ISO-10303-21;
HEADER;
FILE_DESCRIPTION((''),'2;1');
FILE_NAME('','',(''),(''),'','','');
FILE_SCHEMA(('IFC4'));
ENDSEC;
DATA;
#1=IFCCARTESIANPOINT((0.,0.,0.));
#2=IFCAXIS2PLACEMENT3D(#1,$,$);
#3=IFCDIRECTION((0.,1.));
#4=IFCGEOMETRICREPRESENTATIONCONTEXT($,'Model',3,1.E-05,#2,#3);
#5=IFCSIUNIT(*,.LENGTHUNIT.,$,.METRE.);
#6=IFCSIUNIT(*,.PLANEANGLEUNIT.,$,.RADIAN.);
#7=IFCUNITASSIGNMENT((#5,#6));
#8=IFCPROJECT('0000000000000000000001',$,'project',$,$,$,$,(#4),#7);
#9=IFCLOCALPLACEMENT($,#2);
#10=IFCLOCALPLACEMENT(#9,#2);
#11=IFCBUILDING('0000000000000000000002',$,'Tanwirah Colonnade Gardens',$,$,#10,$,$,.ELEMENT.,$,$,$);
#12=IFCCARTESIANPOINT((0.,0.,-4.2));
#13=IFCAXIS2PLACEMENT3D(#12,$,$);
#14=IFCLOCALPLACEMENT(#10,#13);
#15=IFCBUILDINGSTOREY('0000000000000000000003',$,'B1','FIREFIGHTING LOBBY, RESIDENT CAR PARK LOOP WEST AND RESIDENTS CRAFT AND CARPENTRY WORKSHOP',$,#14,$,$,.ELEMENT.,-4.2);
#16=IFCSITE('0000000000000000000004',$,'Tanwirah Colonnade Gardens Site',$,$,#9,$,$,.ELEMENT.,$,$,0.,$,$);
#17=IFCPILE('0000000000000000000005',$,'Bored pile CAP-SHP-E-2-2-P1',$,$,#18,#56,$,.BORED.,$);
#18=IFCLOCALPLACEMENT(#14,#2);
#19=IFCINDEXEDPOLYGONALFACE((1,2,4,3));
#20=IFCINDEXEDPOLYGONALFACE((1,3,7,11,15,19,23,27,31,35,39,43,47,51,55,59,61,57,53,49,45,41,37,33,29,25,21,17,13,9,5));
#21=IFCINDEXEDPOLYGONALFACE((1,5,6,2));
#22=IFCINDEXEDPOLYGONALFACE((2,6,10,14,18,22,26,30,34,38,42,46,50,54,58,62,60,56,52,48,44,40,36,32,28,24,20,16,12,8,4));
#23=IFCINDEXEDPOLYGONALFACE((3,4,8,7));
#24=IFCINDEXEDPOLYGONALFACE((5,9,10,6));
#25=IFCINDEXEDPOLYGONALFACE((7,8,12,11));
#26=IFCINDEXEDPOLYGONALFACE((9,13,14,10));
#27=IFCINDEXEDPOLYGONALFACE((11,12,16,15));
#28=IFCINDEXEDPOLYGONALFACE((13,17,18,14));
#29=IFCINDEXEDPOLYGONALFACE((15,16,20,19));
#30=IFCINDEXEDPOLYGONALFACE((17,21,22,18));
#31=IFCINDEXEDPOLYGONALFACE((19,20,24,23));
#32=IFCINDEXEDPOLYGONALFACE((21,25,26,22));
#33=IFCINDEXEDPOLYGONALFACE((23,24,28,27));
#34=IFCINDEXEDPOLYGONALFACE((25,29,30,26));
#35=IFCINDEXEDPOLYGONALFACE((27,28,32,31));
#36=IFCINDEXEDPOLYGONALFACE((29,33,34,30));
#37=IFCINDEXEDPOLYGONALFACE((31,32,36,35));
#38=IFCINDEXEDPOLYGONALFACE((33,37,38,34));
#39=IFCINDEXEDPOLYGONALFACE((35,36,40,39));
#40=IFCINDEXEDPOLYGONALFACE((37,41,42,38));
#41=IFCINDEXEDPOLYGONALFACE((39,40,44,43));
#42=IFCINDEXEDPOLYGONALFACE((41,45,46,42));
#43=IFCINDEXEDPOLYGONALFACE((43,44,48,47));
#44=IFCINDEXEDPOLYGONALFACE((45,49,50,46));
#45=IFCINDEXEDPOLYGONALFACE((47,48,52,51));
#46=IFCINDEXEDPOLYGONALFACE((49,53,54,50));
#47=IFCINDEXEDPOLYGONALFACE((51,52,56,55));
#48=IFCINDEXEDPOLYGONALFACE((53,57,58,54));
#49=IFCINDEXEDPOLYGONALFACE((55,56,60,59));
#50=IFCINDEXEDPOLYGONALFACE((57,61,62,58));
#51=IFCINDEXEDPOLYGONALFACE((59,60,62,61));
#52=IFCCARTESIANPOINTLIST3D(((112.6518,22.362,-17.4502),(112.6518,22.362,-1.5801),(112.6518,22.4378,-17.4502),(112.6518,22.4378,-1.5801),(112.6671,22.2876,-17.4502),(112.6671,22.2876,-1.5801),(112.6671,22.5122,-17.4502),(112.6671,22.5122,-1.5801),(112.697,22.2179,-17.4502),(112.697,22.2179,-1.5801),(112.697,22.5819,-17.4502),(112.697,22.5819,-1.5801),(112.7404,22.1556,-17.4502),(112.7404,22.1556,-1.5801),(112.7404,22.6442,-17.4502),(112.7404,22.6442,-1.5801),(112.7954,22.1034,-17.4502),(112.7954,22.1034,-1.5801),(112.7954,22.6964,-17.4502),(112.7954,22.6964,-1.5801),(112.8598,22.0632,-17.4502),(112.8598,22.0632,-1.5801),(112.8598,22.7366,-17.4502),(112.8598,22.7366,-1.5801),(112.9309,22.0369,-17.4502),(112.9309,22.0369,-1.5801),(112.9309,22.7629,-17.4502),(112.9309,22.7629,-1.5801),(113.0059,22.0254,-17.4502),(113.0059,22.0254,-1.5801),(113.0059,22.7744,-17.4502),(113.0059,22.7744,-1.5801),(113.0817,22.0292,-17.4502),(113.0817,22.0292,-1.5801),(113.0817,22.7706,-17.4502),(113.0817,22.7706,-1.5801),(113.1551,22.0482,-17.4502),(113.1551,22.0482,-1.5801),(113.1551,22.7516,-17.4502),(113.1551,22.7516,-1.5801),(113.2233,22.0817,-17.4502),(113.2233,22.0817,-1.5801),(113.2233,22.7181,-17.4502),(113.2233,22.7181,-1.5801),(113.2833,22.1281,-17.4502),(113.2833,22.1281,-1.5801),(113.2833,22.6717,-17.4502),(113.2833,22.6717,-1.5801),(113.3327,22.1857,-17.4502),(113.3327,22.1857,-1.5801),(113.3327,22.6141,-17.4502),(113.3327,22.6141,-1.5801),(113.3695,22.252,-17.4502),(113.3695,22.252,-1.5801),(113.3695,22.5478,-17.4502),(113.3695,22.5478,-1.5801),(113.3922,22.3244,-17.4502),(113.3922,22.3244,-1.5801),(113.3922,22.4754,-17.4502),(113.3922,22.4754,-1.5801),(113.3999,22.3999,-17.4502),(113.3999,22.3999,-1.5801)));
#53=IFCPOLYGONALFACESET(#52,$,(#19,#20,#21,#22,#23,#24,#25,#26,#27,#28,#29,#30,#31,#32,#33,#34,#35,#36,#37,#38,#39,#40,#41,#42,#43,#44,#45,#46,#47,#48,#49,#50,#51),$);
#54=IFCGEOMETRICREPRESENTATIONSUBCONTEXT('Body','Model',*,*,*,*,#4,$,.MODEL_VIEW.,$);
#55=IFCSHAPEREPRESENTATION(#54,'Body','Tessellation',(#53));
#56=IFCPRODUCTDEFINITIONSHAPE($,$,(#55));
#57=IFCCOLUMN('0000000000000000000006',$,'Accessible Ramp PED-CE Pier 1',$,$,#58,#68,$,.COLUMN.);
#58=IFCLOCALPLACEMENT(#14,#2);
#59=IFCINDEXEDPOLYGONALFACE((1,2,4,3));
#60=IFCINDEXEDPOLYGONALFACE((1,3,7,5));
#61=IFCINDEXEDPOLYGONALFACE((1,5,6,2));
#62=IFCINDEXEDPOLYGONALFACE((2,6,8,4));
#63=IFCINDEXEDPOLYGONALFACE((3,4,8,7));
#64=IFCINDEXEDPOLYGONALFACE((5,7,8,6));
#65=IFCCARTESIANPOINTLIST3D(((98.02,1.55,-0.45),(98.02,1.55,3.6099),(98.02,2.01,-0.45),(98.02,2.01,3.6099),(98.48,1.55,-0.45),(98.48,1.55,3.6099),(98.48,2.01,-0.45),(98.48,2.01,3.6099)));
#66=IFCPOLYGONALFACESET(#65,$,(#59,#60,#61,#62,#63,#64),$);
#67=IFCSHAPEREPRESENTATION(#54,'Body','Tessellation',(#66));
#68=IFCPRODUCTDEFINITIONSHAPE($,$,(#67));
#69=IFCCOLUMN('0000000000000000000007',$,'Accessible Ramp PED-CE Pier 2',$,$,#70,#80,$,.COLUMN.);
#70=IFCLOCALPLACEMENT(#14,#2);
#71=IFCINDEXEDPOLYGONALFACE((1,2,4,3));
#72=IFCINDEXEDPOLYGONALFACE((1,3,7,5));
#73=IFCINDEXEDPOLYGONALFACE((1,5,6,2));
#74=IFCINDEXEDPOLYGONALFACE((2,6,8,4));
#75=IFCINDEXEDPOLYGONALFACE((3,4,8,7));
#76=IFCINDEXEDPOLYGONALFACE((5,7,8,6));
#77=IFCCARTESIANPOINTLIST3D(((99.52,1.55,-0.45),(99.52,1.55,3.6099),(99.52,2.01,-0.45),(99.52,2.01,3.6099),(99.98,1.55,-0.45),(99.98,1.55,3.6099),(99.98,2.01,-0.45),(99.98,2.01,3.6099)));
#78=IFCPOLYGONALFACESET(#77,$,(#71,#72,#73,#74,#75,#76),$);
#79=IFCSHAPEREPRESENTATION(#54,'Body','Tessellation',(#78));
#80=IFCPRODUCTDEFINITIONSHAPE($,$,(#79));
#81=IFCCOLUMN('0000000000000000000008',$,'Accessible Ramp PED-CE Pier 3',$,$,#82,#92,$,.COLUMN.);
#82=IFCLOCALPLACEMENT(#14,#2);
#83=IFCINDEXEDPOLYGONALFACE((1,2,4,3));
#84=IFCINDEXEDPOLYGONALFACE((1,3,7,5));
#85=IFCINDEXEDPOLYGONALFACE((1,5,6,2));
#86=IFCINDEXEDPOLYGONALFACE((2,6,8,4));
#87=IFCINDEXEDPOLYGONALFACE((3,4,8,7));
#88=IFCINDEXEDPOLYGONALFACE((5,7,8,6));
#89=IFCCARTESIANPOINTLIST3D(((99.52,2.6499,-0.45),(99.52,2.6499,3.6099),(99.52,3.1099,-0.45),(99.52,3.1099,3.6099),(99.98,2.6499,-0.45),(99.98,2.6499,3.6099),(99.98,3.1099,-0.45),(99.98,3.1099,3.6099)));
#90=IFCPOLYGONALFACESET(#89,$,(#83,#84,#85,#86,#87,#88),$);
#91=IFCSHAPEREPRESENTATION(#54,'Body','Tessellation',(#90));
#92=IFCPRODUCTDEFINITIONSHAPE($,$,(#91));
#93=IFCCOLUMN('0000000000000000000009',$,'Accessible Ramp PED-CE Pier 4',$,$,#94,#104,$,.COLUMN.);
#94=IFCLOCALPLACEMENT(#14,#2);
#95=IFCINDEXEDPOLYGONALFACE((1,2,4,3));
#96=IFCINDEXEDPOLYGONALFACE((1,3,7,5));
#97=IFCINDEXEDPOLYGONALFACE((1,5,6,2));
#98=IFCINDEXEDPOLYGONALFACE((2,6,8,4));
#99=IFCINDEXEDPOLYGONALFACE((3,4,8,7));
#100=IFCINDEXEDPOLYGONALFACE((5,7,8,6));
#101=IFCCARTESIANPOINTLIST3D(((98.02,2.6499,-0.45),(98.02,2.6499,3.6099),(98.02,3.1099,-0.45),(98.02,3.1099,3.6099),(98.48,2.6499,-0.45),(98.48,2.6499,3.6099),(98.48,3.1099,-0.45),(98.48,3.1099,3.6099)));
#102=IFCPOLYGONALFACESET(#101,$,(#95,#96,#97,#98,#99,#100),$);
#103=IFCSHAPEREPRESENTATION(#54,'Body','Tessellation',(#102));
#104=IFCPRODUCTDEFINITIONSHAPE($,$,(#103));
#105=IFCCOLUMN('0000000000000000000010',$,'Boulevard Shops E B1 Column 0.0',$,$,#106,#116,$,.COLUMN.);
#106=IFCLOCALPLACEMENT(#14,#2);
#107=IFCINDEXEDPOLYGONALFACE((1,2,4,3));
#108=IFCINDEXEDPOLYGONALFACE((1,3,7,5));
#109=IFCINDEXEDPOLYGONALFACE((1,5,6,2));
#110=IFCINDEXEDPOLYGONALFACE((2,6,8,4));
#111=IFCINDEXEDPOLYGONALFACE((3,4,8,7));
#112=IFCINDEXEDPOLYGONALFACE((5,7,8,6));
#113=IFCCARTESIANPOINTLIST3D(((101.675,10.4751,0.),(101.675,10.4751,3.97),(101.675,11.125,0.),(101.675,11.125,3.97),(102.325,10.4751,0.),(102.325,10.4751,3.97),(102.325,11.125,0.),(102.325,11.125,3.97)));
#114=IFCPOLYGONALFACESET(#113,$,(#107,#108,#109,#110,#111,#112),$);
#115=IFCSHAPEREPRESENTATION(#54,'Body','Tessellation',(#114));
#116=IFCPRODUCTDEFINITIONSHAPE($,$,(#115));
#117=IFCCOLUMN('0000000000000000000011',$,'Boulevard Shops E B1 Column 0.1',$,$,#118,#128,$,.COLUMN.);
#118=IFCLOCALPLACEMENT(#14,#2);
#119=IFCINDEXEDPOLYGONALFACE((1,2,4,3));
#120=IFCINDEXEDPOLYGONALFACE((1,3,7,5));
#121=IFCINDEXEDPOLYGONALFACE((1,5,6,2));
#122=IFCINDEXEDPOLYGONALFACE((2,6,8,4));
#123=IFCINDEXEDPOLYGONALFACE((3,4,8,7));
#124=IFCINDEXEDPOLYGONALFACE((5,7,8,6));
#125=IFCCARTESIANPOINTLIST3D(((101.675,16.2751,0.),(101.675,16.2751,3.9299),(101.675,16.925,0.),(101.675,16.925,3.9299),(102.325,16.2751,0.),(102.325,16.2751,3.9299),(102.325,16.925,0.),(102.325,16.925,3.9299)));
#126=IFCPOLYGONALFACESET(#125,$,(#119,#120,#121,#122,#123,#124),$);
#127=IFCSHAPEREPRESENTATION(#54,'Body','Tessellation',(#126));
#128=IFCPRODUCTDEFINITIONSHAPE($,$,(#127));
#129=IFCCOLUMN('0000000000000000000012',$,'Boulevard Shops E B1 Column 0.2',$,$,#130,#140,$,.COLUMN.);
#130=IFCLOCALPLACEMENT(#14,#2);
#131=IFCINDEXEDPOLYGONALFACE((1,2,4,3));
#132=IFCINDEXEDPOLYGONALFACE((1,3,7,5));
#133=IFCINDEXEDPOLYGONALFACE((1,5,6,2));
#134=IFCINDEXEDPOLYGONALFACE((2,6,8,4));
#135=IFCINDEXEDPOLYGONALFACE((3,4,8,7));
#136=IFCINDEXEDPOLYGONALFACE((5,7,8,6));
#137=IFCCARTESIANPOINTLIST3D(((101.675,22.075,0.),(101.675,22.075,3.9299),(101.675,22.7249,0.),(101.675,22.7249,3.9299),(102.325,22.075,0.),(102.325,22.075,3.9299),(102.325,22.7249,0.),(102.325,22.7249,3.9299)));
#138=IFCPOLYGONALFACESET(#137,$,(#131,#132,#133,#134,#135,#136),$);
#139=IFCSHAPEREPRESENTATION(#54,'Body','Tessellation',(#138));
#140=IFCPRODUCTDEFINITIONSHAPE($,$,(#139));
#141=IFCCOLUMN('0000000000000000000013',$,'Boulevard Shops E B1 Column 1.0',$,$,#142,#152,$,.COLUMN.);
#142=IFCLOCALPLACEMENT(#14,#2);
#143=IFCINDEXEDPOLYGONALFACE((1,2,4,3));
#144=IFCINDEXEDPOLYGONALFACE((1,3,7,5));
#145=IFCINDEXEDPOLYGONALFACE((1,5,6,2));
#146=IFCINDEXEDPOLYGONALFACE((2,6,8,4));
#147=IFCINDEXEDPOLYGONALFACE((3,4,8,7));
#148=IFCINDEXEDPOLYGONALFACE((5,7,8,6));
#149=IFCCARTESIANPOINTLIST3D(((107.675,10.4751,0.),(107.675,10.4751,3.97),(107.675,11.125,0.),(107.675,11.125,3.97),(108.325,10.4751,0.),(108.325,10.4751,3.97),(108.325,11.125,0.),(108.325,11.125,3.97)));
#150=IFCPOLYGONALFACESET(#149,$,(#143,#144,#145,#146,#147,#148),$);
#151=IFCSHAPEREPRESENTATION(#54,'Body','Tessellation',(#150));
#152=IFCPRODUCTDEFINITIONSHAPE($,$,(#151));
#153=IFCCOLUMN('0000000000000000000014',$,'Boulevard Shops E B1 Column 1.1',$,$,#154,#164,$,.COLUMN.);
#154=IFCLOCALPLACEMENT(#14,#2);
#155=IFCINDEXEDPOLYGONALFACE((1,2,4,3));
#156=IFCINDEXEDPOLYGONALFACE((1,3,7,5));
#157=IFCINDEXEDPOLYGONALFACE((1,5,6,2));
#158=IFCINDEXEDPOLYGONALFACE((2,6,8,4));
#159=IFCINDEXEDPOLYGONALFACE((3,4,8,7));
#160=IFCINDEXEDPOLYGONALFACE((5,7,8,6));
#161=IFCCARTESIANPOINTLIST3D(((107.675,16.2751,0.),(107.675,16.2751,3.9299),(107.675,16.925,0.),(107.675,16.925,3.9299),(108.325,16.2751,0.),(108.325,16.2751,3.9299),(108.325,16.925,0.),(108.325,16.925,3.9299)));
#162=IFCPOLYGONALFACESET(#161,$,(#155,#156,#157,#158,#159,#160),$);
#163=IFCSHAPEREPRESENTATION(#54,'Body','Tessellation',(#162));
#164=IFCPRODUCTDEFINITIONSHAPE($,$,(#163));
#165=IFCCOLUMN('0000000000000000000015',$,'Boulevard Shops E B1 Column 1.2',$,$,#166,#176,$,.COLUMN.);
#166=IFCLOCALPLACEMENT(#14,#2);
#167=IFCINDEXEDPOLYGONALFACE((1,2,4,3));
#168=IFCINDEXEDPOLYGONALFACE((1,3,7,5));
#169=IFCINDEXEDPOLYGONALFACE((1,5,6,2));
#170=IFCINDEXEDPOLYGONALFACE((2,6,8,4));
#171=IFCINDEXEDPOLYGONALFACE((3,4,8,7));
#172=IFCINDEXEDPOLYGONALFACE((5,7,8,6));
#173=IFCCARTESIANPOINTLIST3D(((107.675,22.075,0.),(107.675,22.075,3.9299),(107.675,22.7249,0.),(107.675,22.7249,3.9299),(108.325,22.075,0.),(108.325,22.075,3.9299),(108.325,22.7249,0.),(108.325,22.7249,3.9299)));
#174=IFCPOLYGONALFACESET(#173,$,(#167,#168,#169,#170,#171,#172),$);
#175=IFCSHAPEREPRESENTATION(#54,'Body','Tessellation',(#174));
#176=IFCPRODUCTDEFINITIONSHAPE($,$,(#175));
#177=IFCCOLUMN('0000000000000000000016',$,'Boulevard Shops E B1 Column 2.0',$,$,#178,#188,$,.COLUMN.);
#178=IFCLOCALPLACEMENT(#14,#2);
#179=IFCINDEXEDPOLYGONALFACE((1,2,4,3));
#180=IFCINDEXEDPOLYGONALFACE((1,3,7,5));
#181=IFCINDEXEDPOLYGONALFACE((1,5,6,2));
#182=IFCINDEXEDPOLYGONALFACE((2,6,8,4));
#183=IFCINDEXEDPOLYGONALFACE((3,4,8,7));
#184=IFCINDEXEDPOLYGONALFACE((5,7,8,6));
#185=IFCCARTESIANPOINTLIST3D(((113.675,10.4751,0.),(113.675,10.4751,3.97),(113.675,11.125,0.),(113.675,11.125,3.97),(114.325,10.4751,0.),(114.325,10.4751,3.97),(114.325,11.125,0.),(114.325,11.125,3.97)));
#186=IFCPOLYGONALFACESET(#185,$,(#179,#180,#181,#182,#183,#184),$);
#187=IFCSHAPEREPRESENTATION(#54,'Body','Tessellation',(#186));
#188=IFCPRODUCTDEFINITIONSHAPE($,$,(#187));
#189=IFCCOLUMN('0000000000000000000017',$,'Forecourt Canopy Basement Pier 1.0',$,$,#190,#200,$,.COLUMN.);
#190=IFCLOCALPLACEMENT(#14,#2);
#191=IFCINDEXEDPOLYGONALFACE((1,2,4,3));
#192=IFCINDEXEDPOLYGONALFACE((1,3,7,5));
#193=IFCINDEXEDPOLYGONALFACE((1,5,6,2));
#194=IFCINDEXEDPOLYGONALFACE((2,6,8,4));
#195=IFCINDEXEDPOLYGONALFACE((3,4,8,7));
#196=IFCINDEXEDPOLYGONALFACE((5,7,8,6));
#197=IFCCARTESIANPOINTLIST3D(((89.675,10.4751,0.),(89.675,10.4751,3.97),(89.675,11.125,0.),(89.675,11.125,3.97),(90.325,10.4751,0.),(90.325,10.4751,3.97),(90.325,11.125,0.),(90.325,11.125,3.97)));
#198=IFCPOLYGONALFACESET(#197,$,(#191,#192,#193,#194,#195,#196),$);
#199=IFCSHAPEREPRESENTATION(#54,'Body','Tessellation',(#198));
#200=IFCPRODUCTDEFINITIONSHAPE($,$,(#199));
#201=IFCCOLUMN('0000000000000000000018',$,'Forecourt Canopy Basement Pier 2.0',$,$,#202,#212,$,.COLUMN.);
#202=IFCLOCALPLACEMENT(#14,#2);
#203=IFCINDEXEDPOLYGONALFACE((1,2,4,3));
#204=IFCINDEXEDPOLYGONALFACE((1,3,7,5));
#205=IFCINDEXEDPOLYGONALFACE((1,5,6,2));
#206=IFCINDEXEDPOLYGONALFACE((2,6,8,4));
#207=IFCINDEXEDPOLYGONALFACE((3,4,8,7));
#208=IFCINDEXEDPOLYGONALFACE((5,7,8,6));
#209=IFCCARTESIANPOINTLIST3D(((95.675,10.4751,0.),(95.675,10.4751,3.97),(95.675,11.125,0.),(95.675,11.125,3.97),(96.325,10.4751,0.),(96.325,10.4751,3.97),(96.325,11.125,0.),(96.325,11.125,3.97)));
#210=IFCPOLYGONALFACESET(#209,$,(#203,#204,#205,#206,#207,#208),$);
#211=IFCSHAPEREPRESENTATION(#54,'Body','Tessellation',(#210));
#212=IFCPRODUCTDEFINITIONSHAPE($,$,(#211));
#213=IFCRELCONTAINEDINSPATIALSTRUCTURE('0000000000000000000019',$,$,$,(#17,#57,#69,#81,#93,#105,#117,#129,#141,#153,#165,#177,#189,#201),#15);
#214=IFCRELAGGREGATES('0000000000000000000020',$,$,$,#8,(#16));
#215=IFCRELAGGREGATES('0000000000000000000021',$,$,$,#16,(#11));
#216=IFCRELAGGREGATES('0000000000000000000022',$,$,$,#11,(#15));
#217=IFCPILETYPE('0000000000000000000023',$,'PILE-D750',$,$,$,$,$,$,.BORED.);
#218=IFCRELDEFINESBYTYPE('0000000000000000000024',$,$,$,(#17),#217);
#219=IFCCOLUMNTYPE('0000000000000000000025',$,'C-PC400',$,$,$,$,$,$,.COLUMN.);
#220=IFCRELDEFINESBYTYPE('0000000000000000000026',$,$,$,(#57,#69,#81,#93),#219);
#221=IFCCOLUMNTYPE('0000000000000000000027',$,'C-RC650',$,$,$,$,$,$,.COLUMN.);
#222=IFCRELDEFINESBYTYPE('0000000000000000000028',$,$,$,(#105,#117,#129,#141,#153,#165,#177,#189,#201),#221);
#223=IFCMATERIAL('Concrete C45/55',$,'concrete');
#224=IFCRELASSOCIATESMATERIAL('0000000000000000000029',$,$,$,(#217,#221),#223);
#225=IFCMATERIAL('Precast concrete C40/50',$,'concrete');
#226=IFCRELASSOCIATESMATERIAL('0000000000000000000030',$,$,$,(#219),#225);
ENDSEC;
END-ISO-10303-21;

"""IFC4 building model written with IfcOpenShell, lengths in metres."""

from ifc_helpers import new_model, si_unit, direction, frame, origin, origin_2d, place, context, subcontext, project, spatial, rectangle, circle, extrude, material, material_profile, profile_set, type_object, element, save


model = new_model("IFC4")

# Units and contexts
model_context = context("Model", 3, precision=1e-05, world=origin(), true_north=direction((0.0, 1.0)))
body_context = subcontext(model_context, "Body", "Model", "MODEL_VIEW")
ifc_project = project(units=[si_unit("LENGTHUNIT", "METRE"), si_unit("PLANEANGLEUNIT", "RADIAN")], contexts=[model_context])

# Site, building, storey
site_placement = place(None, origin())
site = spatial("IfcSite", under=ifc_project, at=site_placement, Name="Tanwirah Colonnade Gardens Site", CompositionType="ELEMENT", RefElevation=0.0)
building_placement = place(site_placement, origin())
building = spatial("IfcBuilding", under=site, at=building_placement, Name="Tanwirah Colonnade Gardens", CompositionType="ELEMENT")
storey_placement = place(building_placement, frame((0.0, 0.0, -4.2)))
storey = spatial("IfcBuildingStorey", under=building, at=storey_placement, Name="B1", Description="FIREFIGHTING LOBBY, RESIDENT CAR PARK LOOP WEST AND RESIDENTS CRAFT AND CARPENTRY WORKSHOP", CompositionType="ELEMENT", Elevation=-4.2)

# Shared definitions
ifc_material_1 = material(Name="Concrete C45/55", Category="concrete")

# Pile
ifc_material_profile_1 = material_profile(ifc_material_1, circle(Radius=0.375, at=origin_2d()), Name="PILE D750")
ifc_profile_set_1 = profile_set([ifc_material_profile_1], Name="Concrete C45/55")
pile_type = type_object("IfcPileType", Name="PILE-D750", PredefinedType="BORED", material=ifc_profile_set_1)
for number, where, z_axis, x_axis, name in (
    (1, (113.0249, 22.3999, -1.5801), (0.0, 0.0, -1.0), (1.0, 0.0, 0.0), "Bored pile CAP-SHP-E-2-2-P1"),
):
    element("IfcPile", number, at=place(storey_placement, frame(where, z_axis=z_axis, x_axis=x_axis)), inside=storey, type_object=pile_type, Name=name, PredefinedType="BORED", context=body_context, shape_type="SweptSolid", body=[
        extrude(circle(Radius=0.375, at=origin_2d()), origin(), (0.0, 0.0, 1.0), 15.8701),
    ])

# Columns
ifc_material_2 = material(Name="Precast concrete C40/50", Category="concrete")
ifc_material_profile_2 = material_profile(ifc_material_2, rectangle(XDim=0.46, YDim=0.46, at=origin_2d()), Name="PC-COL 460x460")
ifc_profile_set_2 = profile_set([ifc_material_profile_2], Name="Precast concrete C40/50")
column_type_1 = type_object("IfcColumnType", Name="C-PC400", PredefinedType="COLUMN", material=ifc_profile_set_2)
for number, where, z_axis, x_axis, name in (
    (2, (98.25, 1.78, -0.45), (0.0, 0.0, 1.0), (1.0, 0.0, 0.0), "Accessible Ramp PED-CE Pier 1"),
    (3, (99.75, 1.78, -0.45), (0.0, 0.0, 1.0), (1.0, 0.0, 0.0), "Accessible Ramp PED-CE Pier 2"),
    (4, (99.75, 2.8799, -0.45), (0.0, 0.0, 1.0), (1.0, 0.0, 0.0), "Accessible Ramp PED-CE Pier 3"),
    (5, (98.25, 2.8799, -0.45), (0.0, 0.0, 1.0), (1.0, 0.0, 0.0), "Accessible Ramp PED-CE Pier 4"),
):
    element("IfcColumn", number, at=place(storey_placement, frame(where, z_axis=z_axis, x_axis=x_axis)), inside=storey, type_object=column_type_1, Name=name, PredefinedType="COLUMN", context=body_context, shape_type="SweptSolid", body=[
        extrude(rectangle(XDim=0.46, YDim=0.46, at=origin_2d()), origin(), (0.0, 0.0, 1.0), 4.0598),
    ])
ifc_material_profile_3 = material_profile(ifc_material_1, rectangle(XDim=0.6499, YDim=0.6499, at=origin_2d()), Name="RC-COL 650x650")
ifc_profile_set_3 = profile_set([ifc_material_profile_3], Name="Concrete C45/55")
column_type_2 = type_object("IfcColumnType", Name="C-RC650", PredefinedType="COLUMN", material=ifc_profile_set_3)
column_1_placement = place(storey_placement, frame((102.0, 10.8, 0.0), z_axis=(0.0, 0.0, 1.0), x_axis=(1.0, 0.0, 0.0)))
element("IfcColumn", 6, at=column_1_placement, inside=storey, type_object=column_type_2, Name="Boulevard Shops E B1 Column 0.0", PredefinedType="COLUMN", context=body_context, shape_type="SweptSolid", body=[
    extrude(rectangle(XDim=0.6499, YDim=0.6499, at=origin_2d()), origin(), (0.0, 0.0, 1.0), 3.97),
])
for number, where, z_axis, x_axis, name in (
    (7, (102.0, 16.6001, 0.0), (0.0, 0.0, 1.0), (1.0, 0.0, 0.0), "Boulevard Shops E B1 Column 0.1"),
    (8, (102.0, 22.3999, 0.0), (0.0, 0.0, 1.0), (1.0, 0.0, 0.0), "Boulevard Shops E B1 Column 0.2"),
):
    element("IfcColumn", number, at=place(storey_placement, frame(where, z_axis=z_axis, x_axis=x_axis)), inside=storey, type_object=column_type_2, Name=name, PredefinedType="COLUMN", context=body_context, shape_type="SweptSolid", body=[
        extrude(rectangle(XDim=0.6499, YDim=0.6499, at=origin_2d()), origin(), (0.0, 0.0, 1.0), 3.9299),
    ])
column_2_placement = place(storey_placement, frame((108.0, 10.8, 0.0), z_axis=(0.0, 0.0, 1.0), x_axis=(1.0, 0.0, 0.0)))
element("IfcColumn", 9, at=column_2_placement, inside=storey, type_object=column_type_2, Name="Boulevard Shops E B1 Column 1.0", PredefinedType="COLUMN", context=body_context, shape_type="SweptSolid", body=[
    extrude(rectangle(XDim=0.6499, YDim=0.6499, at=origin_2d()), origin(), (0.0, 0.0, 1.0), 3.97),
])
for number, where, z_axis, x_axis, name in (
    (10, (108.0, 16.6001, 0.0), (0.0, 0.0, 1.0), (1.0, 0.0, 0.0), "Boulevard Shops E B1 Column 1.1"),
    (11, (108.0, 22.3999, 0.0), (0.0, 0.0, 1.0), (1.0, 0.0, 0.0), "Boulevard Shops E B1 Column 1.2"),
):
    element("IfcColumn", number, at=place(storey_placement, frame(where, z_axis=z_axis, x_axis=x_axis)), inside=storey, type_object=column_type_2, Name=name, PredefinedType="COLUMN", context=body_context, shape_type="SweptSolid", body=[
        extrude(rectangle(XDim=0.6499, YDim=0.6499, at=origin_2d()), origin(), (0.0, 0.0, 1.0), 3.9299),
    ])
for number, where, z_axis, x_axis, name in (
    (12, (114.0, 10.8, 0.0), (0.0, 0.0, 1.0), (1.0, 0.0, 0.0), "Boulevard Shops E B1 Column 2.0"),
    (13, (90.0, 10.8, 0.0), (0.0, 0.0, 1.0), (1.0, 0.0, 0.0), "Forecourt Canopy Basement Pier 1.0"),
    (14, (96.0, 10.8, 0.0), (0.0, 0.0, 1.0), (1.0, 0.0, 0.0), "Forecourt Canopy Basement Pier 2.0"),
):
    element("IfcColumn", number, at=place(storey_placement, frame(where, z_axis=z_axis, x_axis=x_axis)), inside=storey, type_object=column_type_2, Name=name, PredefinedType="COLUMN", context=body_context, shape_type="SweptSolid", body=[
        extrude(rectangle(XDim=0.6499, YDim=0.6499, at=origin_2d()), origin(), (0.0, 0.0, 1.0), 3.97),
    ])

save(model, "model.ifc")
